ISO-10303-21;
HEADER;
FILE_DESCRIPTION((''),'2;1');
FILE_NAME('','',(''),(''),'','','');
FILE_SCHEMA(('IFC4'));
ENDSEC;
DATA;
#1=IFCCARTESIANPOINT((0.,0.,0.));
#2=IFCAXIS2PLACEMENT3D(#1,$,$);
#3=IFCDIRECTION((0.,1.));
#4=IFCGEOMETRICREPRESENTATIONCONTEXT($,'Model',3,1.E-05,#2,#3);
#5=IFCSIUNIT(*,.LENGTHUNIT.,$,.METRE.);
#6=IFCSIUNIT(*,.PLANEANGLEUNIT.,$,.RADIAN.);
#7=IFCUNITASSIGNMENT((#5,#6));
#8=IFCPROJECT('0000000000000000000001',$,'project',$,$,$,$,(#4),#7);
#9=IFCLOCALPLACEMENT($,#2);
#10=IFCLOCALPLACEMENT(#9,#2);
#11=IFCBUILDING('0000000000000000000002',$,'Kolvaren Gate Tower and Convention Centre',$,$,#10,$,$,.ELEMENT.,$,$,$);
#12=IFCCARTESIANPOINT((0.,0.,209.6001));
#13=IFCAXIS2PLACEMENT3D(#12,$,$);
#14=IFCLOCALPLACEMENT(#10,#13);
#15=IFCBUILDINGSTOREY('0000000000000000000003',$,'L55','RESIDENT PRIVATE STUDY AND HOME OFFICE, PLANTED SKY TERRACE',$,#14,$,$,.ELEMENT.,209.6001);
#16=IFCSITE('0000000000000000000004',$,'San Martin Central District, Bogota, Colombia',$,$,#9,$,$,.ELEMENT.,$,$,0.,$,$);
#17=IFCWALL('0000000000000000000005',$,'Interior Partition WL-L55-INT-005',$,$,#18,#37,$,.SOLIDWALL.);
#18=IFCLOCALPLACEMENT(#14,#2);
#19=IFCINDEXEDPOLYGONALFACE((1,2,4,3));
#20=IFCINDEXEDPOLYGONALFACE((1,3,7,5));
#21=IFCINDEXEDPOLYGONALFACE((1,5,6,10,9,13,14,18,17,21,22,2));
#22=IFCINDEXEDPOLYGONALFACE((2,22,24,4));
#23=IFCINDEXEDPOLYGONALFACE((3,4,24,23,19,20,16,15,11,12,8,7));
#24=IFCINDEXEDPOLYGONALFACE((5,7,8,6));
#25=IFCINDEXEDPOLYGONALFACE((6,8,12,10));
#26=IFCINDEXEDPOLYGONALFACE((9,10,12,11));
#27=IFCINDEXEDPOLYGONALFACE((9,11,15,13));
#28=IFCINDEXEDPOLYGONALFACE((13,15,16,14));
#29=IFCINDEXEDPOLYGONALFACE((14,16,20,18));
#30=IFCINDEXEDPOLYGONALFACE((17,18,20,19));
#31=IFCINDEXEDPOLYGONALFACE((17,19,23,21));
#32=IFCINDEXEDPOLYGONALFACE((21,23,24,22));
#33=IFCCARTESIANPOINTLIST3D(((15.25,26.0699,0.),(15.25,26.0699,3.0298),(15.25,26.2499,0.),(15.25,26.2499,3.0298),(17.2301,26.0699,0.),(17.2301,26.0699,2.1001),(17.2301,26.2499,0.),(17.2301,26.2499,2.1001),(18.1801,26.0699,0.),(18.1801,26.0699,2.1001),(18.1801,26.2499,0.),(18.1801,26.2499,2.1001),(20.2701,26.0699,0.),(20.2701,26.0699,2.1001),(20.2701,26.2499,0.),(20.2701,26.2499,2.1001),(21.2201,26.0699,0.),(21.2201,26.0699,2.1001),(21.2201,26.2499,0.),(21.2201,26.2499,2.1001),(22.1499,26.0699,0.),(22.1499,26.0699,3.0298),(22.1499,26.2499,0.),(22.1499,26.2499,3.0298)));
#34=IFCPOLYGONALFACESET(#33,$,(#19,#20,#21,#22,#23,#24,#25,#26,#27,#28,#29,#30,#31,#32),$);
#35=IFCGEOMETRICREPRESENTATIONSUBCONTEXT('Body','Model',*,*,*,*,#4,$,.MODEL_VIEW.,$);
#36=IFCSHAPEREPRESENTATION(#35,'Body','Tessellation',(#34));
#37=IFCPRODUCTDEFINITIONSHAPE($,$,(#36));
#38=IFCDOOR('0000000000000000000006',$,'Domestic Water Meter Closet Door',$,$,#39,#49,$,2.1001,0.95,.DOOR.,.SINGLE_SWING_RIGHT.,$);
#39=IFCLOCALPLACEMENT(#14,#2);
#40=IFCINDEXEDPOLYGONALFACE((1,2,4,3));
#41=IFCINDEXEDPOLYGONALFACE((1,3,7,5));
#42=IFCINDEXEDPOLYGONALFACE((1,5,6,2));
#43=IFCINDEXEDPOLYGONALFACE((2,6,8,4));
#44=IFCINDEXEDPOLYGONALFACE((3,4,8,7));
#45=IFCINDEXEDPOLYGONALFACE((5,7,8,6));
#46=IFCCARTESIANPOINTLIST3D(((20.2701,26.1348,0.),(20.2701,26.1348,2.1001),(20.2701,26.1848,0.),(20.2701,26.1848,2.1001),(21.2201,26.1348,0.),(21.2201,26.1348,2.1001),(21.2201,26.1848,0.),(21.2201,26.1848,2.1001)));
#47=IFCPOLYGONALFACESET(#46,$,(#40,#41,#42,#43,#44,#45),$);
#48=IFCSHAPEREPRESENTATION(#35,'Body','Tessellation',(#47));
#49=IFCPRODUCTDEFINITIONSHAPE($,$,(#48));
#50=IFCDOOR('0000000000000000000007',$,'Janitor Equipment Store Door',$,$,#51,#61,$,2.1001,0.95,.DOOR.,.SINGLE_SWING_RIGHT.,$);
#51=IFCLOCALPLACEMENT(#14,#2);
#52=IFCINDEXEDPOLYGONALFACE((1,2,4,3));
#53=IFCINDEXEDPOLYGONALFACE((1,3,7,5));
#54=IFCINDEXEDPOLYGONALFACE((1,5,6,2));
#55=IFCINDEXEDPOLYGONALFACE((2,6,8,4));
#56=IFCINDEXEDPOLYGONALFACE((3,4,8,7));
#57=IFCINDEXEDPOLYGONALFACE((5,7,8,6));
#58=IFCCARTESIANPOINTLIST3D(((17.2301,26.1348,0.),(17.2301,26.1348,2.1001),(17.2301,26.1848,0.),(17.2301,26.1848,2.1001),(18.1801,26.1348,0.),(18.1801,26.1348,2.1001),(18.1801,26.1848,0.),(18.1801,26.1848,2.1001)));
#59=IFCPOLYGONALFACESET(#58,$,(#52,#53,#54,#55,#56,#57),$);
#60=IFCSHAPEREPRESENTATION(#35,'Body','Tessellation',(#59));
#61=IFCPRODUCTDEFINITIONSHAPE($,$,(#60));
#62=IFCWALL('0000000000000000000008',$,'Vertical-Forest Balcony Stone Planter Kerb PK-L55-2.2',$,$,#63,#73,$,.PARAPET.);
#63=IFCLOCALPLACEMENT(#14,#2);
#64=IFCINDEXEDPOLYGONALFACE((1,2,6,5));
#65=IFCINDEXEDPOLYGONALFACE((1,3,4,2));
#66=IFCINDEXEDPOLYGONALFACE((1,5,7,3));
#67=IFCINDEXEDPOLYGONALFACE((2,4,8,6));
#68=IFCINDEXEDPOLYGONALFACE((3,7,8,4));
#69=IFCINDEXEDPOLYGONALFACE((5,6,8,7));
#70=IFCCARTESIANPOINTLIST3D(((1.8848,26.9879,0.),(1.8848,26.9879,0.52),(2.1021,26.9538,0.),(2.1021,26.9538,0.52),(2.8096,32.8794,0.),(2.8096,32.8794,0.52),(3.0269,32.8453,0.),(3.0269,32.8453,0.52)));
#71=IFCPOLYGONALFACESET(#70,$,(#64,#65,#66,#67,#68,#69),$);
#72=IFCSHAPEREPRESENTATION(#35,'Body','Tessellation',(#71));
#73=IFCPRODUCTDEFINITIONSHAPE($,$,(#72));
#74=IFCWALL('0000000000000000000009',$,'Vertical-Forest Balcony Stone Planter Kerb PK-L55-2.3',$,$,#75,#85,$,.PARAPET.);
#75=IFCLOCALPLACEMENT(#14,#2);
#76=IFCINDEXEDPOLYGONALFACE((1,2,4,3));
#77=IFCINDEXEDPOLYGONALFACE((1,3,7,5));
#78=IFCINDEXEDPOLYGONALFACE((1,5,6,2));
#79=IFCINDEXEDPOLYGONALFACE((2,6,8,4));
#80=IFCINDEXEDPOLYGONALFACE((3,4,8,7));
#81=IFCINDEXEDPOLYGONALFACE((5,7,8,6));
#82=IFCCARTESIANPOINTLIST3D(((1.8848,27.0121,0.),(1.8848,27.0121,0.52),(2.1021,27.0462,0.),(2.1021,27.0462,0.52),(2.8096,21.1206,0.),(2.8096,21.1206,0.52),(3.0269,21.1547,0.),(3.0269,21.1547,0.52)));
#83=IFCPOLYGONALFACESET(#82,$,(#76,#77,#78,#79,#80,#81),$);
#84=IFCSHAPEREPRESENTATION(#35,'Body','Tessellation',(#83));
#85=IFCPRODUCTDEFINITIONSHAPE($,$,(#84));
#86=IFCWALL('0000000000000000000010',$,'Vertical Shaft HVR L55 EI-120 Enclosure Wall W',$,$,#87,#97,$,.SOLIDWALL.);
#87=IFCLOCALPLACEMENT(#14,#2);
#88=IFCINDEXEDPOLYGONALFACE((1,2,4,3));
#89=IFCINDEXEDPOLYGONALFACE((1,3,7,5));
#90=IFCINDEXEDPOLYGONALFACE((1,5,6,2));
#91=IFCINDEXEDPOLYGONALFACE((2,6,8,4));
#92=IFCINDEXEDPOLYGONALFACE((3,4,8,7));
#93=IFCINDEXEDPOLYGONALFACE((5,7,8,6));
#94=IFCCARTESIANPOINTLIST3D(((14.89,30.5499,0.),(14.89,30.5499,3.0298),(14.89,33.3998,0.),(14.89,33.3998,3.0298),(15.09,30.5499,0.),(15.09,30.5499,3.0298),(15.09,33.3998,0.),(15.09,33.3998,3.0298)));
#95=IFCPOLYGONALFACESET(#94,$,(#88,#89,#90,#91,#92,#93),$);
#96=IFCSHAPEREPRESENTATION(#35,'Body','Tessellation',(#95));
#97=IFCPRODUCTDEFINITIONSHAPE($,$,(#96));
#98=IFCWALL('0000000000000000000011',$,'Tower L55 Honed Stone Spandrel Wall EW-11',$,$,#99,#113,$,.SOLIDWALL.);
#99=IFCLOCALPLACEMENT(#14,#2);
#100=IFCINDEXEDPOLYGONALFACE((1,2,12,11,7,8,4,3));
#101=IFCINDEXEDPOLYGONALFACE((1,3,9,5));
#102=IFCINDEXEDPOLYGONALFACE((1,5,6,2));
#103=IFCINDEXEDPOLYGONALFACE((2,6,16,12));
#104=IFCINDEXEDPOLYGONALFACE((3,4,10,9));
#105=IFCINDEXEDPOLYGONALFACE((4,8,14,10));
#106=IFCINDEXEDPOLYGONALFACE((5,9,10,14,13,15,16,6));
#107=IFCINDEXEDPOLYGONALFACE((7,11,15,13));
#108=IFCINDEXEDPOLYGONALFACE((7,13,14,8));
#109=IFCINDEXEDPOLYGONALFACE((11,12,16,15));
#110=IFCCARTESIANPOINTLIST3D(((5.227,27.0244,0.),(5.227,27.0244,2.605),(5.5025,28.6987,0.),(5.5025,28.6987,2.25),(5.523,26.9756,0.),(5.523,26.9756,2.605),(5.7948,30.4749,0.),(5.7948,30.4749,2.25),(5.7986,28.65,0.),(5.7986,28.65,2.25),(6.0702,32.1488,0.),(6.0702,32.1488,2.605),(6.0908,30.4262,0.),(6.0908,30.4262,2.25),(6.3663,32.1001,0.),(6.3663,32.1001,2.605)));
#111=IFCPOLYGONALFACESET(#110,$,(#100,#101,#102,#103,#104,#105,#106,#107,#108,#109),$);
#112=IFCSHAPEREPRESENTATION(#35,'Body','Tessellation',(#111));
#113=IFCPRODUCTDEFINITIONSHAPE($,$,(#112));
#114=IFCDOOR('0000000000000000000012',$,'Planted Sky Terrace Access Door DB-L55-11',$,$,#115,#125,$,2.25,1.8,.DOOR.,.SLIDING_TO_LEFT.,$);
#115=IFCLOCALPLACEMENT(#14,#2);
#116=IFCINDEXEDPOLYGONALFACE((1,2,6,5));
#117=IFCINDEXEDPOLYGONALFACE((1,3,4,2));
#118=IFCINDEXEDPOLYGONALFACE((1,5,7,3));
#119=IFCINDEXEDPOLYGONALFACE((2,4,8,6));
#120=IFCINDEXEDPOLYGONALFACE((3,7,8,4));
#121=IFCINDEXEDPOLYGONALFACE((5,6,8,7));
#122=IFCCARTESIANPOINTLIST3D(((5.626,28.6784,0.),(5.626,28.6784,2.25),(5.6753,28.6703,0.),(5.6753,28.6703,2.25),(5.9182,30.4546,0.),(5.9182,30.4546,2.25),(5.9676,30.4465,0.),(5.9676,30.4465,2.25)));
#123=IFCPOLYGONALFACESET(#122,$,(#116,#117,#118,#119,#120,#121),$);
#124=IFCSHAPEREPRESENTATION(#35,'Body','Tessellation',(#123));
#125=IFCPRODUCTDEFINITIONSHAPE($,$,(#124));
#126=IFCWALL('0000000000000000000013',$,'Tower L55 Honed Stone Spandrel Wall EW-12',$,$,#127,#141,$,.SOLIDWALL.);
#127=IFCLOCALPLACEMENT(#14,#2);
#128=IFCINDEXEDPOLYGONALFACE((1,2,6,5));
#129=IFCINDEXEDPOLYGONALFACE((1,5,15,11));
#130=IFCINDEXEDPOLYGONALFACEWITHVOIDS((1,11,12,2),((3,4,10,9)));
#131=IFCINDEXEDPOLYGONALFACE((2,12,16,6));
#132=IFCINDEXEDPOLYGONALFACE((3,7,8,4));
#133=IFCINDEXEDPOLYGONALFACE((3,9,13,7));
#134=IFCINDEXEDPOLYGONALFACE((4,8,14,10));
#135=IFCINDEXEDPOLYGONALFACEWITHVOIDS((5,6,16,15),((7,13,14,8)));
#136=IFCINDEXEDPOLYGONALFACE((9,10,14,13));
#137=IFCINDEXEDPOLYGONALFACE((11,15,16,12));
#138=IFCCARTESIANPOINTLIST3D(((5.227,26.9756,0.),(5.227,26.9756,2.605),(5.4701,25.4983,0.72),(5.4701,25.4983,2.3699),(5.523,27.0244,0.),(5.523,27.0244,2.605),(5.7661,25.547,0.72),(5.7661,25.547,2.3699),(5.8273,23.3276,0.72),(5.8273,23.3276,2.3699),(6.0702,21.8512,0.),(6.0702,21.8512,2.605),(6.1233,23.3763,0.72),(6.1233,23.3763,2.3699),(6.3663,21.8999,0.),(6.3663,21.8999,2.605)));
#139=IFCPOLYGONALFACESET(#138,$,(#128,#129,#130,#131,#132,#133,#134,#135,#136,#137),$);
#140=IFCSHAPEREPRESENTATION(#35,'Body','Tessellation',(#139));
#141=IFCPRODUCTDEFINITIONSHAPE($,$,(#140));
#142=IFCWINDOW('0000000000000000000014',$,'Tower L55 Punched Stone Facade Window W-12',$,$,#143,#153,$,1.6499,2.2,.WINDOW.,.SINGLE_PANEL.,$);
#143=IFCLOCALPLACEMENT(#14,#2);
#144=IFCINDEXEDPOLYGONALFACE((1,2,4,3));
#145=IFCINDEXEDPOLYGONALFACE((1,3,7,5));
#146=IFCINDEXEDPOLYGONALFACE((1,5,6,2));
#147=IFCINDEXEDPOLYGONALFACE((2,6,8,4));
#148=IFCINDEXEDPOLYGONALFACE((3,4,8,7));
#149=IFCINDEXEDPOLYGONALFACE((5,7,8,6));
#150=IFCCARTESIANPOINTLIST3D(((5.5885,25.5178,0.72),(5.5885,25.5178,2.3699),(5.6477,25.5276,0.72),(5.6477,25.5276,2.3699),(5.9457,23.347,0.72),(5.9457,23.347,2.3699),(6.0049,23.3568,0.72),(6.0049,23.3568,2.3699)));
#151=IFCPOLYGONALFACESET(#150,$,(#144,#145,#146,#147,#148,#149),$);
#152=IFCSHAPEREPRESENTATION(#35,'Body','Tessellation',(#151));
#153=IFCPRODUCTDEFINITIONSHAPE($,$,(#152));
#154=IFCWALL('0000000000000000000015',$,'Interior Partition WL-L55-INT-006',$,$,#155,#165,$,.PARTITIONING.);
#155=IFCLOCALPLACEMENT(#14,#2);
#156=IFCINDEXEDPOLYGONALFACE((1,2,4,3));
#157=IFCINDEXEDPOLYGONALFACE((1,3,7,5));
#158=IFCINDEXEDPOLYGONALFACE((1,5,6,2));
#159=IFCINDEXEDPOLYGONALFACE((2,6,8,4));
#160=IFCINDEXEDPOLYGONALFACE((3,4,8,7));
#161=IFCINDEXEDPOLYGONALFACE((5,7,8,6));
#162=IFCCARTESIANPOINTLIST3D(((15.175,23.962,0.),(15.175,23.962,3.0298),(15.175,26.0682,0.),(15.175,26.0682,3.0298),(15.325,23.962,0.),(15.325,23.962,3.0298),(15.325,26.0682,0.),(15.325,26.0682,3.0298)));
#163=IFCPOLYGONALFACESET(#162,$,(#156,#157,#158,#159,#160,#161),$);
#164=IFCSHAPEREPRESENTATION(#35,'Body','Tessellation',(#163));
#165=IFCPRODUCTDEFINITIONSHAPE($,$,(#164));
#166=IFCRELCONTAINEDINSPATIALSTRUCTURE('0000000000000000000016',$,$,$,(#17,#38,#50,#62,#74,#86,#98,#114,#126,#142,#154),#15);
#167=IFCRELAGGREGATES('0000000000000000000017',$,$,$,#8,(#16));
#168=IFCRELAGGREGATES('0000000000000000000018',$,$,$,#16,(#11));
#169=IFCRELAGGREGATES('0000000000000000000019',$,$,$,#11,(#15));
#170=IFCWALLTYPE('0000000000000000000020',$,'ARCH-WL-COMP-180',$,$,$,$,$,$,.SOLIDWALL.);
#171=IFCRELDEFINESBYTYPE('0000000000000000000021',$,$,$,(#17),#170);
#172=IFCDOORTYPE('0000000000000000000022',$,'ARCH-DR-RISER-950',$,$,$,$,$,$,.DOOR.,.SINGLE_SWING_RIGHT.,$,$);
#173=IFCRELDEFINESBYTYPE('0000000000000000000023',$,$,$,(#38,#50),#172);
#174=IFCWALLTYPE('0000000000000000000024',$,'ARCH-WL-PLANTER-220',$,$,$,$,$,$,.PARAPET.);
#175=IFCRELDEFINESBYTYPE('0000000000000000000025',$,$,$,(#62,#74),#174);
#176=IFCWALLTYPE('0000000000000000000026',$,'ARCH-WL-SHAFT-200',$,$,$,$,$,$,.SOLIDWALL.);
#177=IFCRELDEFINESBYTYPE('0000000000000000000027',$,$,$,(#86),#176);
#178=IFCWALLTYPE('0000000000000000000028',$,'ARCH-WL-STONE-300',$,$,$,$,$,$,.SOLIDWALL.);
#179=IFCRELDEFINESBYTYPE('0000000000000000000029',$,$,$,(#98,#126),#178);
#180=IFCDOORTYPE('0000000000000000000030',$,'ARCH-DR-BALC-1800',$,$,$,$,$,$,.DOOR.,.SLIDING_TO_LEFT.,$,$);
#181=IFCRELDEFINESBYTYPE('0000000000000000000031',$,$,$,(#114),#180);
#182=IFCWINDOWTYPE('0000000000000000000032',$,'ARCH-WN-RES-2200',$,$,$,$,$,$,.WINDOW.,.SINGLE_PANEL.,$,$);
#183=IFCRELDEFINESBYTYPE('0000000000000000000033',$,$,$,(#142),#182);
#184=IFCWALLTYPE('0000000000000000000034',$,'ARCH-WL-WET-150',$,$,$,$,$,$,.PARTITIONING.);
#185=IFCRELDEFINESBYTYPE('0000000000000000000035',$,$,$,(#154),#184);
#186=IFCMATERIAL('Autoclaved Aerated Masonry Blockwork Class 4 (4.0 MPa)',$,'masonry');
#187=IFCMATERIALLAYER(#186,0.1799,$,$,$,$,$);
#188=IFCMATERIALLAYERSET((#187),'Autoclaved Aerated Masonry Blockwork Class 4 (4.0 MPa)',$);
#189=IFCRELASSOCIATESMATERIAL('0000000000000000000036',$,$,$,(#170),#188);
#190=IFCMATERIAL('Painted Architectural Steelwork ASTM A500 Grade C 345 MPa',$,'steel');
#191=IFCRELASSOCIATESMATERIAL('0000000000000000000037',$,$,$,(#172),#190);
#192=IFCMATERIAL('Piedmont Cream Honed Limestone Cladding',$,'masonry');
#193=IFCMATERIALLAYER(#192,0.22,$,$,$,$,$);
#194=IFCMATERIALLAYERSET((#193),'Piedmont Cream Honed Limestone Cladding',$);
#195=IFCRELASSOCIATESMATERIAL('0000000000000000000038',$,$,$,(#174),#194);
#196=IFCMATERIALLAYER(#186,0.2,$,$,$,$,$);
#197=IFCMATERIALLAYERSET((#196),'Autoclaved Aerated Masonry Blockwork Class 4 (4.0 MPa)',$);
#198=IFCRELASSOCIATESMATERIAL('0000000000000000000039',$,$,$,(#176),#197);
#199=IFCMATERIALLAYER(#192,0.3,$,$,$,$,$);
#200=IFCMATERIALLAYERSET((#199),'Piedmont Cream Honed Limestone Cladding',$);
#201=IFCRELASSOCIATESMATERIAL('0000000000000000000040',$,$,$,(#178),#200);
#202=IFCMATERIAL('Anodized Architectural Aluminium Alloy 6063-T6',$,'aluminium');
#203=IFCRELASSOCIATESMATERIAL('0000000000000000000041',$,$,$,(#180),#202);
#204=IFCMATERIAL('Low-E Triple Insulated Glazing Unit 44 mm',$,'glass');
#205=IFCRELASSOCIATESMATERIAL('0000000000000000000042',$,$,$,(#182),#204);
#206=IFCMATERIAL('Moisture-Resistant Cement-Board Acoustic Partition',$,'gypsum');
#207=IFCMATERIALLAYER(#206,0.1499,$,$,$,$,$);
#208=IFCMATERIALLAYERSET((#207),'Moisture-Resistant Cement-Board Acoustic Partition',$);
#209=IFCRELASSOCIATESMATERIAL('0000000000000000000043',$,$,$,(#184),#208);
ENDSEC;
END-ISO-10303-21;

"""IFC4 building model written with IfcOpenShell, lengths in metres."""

from ifc_helpers import new_model, si_unit, direction, frame, frame_2d, origin, place, context, subcontext, project, spatial, rectangle, extrude, material, layer, layer_set, type_object, element, fill, save


model = new_model("IFC4")

# Units and contexts
model_context = context("Model", 3, precision=1e-05, world=origin(), true_north=direction((0.0, 1.0)))
body_context = subcontext(model_context, "Body", "Model", "MODEL_VIEW")
ifc_project = project(units=[si_unit("LENGTHUNIT", "METRE"), si_unit("PLANEANGLEUNIT", "RADIAN")], contexts=[model_context])

# Site, building, storey
site_placement = place(None, origin())
site = spatial("IfcSite", under=ifc_project, at=site_placement, Name="San Martin Central District, Bogota, Colombia", CompositionType="ELEMENT", RefElevation=0.0)
building_placement = place(site_placement, origin())
building = spatial("IfcBuilding", under=site, at=building_placement, Name="Kolvaren Gate Tower and Convention Centre", CompositionType="ELEMENT")
storey_placement = place(building_placement, frame((0.0, 0.0, 209.6001)))
storey = spatial("IfcBuildingStorey", under=building, at=storey_placement, Name="L55", Description="RESIDENT PRIVATE STUDY AND HOME OFFICE, PLANTED SKY TERRACE", CompositionType="ELEMENT", Elevation=209.6001)

# Wall, openings, doors
ifc_material_1 = material(Name="Autoclaved Aerated Masonry Blockwork Class 4 (4.0 MPa)", Category="masonry")
ifc_layer_1 = layer(ifc_material_1, 0.1799)
ifc_layer_set_1 = layer_set([ifc_layer_1], Name="Autoclaved Aerated Masonry Blockwork Class 4 (4.0 MPa)")
wall_type_1 = type_object("IfcWallType", Name="ARCH-WL-COMP-180", PredefinedType="SOLIDWALL", material=ifc_layer_set_1)
ifc_material_2 = material(Name="Painted Architectural Steelwork ASTM A500 Grade C 345 MPa", Category="steel")
door_type_1 = type_object("IfcDoorType", Name="ARCH-DR-RISER-950", OperationType="SINGLE_SWING_RIGHT", PredefinedType="DOOR", material=ifc_material_2)
wall_1_placement = place(storey_placement, frame((15.25, 26.1599, 0.0), z_axis=(0.0, 0.0, 1.0), x_axis=(1.0, 0.0, 0.0)))
wall_1 = element("IfcWall", 1, at=wall_1_placement, inside=storey, type_object=wall_type_1, Name="Interior Partition WL-L55-INT-005", PredefinedType="SOLIDWALL", context=body_context, shape_type="SweptSolid", body=[
    extrude(rectangle(XDim=6.8999, YDim=0.1799, at=frame_2d((3.45, 0.0))), origin(), (0.0, 0.0, 1.0), 3.0298),
])
opening_1_placement = place(wall_1_placement, frame((5.02, 0.0, 0.0)))
opening_1 = element("IfcOpeningElement", 2, at=opening_1_placement, cuts=wall_1, PredefinedType="OPENING", context=body_context, shape_type="SweptSolid", body=[
    extrude(rectangle(XDim=0.95, YDim=2.1001, at=frame_2d((0.4751, 1.05))), frame((0.0, 0.0999, 0.0), z_axis=(0.0, -1.0, 0.0), x_axis=(1.0, 0.0, 0.0)), (0.0, 0.0, 1.0), 0.2),
])
opening_2_placement = place(wall_1_placement, frame((1.98, 0.0, 0.0)))
opening_2 = element("IfcOpeningElement", 3, at=opening_2_placement, cuts=wall_1, PredefinedType="OPENING", context=body_context, shape_type="SweptSolid", body=[
    extrude(rectangle(XDim=0.95, YDim=2.1001, at=frame_2d((0.4751, 1.05))), frame((0.0, 0.0999, 0.0), z_axis=(0.0, -1.0, 0.0), x_axis=(1.0, 0.0, 0.0)), (0.0, 0.0, 1.0), 0.2),
])
door_1_placement = place(opening_1_placement, origin())
door_1 = element("IfcDoor", 4, at=door_1_placement, inside=storey, type_object=door_type_1, Name="Domestic Water Meter Closet Door", OperationType="SINGLE_SWING_RIGHT", OverallHeight=2.1001, OverallWidth=0.95, PredefinedType="DOOR", context=body_context, shape_type="SweptSolid", body=[
    extrude(rectangle(XDim=0.95, YDim=2.1001, at=frame_2d((0.4751, 1.05))), frame((0.0, 0.0249, 0.0), z_axis=(0.0, -1.0, 0.0), x_axis=(1.0, 0.0, 0.0)), (0.0, 0.0, 1.0), 0.05),
])
fill(opening_1, door_1)
door_2_placement = place(opening_2_placement, origin())
door_2 = element("IfcDoor", 5, at=door_2_placement, inside=storey, type_object=door_type_1, Name="Janitor Equipment Store Door", OperationType="SINGLE_SWING_RIGHT", OverallHeight=2.1001, OverallWidth=0.95, PredefinedType="DOOR", context=body_context, shape_type="SweptSolid", body=[
    extrude(rectangle(XDim=0.95, YDim=2.1001, at=frame_2d((0.4751, 1.05))), frame((0.0, 0.0249, 0.0), z_axis=(0.0, -1.0, 0.0), x_axis=(1.0, 0.0, 0.0)), (0.0, 0.0, 1.0), 0.05),
])
fill(opening_2, door_2)

# Walls
ifc_material_3 = material(Name="Piedmont Cream Honed Limestone Cladding", Category="masonry")
ifc_layer_2 = layer(ifc_material_3, 0.22)
ifc_layer_set_2 = layer_set([ifc_layer_2], Name="Piedmont Cream Honed Limestone Cladding")
wall_type_2 = type_object("IfcWallType", Name="ARCH-WL-PLANTER-220", PredefinedType="PARAPET", material=ifc_layer_set_2)
for number, where, z_axis, x_axis, name in (
    (6, (1.9934, 26.9707, 0.0), (0.0, 0.0, 1.0), (0.155071, 0.987903, 0.0), "Vertical-Forest Balcony Stone Planter Kerb PK-L55-2.2"),
    (7, (1.9934, 27.0293, 0.0), (0.0, 0.0, 1.0), (0.155071, -0.987903, 0.0), "Vertical-Forest Balcony Stone Planter Kerb PK-L55-2.3"),
):
    element("IfcWall", number, at=place(storey_placement, frame(where, z_axis=z_axis, x_axis=x_axis)), inside=storey, type_object=wall_type_2, Name=name, PredefinedType="PARAPET", context=body_context, shape_type="SweptSolid", body=[
        extrude(rectangle(XDim=5.9636, YDim=0.22, at=frame_2d((2.9819, 0.0))), origin(), (0.0, 0.0, 1.0), 0.52),
    ])
ifc_layer_3 = layer(ifc_material_1, 0.2)
ifc_layer_set_3 = layer_set([ifc_layer_3], Name="Autoclaved Aerated Masonry Blockwork Class 4 (4.0 MPa)")
wall_type_3 = type_object("IfcWallType", Name="ARCH-WL-SHAFT-200", PredefinedType="SOLIDWALL", material=ifc_layer_set_3)
wall_2_placement = place(storey_placement, frame((14.99, 30.55, 0.0), z_axis=(0.0, 0.0, 1.0), x_axis=(0.0, 1.0, 0.0)))
element("IfcWall", 8, at=wall_2_placement, inside=storey, type_object=wall_type_3, Name="Vertical Shaft HVR L55 EI-120 Enclosure Wall W", PredefinedType="SOLIDWALL", context=body_context, shape_type="SweptSolid", body=[
    extrude(rectangle(XDim=2.8499, YDim=0.2, at=frame_2d((1.4248, 0.0))), origin(), (0.0, 0.0, 1.0), 3.0298),
])

# Wall, opening, door
ifc_layer_4 = layer(ifc_material_3, 0.3)
ifc_layer_set_4 = layer_set([ifc_layer_4], Name="Piedmont Cream Honed Limestone Cladding")
wall_type_4 = type_object("IfcWallType", Name="ARCH-WL-STONE-300", PredefinedType="SOLIDWALL", material=ifc_layer_set_4)
wall_3_placement = place(storey_placement, frame((5.375, 27.0, 0.0), z_axis=(0.0, 0.0, 1.0), x_axis=(0.162371, 0.98673, 0.0)))
wall_3 = element("IfcWall", 9, at=wall_3_placement, inside=storey, type_object=wall_type_4, Name="Tower L55 Honed Stone Spandrel Wall EW-11", PredefinedType="SOLIDWALL", context=body_context, shape_type="SweptSolid", body=[
    extrude(rectangle(XDim=5.1934, YDim=0.3, at=frame_2d((2.5967, 0.0))), origin(), (0.0, 0.0, 1.0), 2.605),
])
opening_3_placement = place(wall_3_placement, frame((1.697, 0.0, 0.0)))
opening_3 = element("IfcOpeningElement", 10, at=opening_3_placement, cuts=wall_3, PredefinedType="OPENING", context=body_context, shape_type="SweptSolid", body=[
    extrude(rectangle(XDim=1.8, YDim=2.25, at=frame_2d((0.8999, 1.125))), frame((0.0, 0.1599, 0.0), z_axis=(0.0, -1.0, 0.0), x_axis=(1.0, 0.0, 0.0)), (0.0, 0.0, 1.0), 0.3201),
])
ifc_material_4 = material(Name="Anodized Architectural Aluminium Alloy 6063-T6", Category="aluminium")
door_type_2 = type_object("IfcDoorType", Name="ARCH-DR-BALC-1800", OperationType="SLIDING_TO_LEFT", PredefinedType="DOOR", material=ifc_material_4)
door_3_placement = place(opening_3_placement, origin())
door_3 = element("IfcDoor", 11, at=door_3_placement, inside=storey, type_object=door_type_2, Name="Planted Sky Terrace Access Door DB-L55-11", OperationType="SLIDING_TO_LEFT", OverallHeight=2.25, OverallWidth=1.8, PredefinedType="DOOR", context=body_context, shape_type="SweptSolid", body=[
    extrude(rectangle(XDim=1.8, YDim=2.25, at=frame_2d((0.8999, 1.125))), frame((0.0, 0.0249, 0.0), z_axis=(0.0, -1.0, 0.0), x_axis=(1.0, 0.0, 0.0)), (0.0, 0.0, 1.0), 0.05),
])
fill(opening_3, door_3)

# Wall, opening, window
wall_4_placement = place(storey_placement, frame((5.375, 27.0, 0.0), z_axis=(0.0, 0.0, 1.0), x_axis=(0.162371, -0.98673, 0.0)))
wall_4 = element("IfcWall", 12, at=wall_4_placement, inside=storey, type_object=wall_type_4, Name="Tower L55 Honed Stone Spandrel Wall EW-12", PredefinedType="SOLIDWALL", context=body_context, shape_type="SweptSolid", body=[
    extrude(rectangle(XDim=5.1934, YDim=0.3, at=frame_2d((2.5967, 0.0))), origin(), (0.0, 0.0, 1.0), 2.605),
])
opening_4_placement = place(wall_4_placement, frame((1.4971, 0.0, 0.72)))
opening_4 = element("IfcOpeningElement", 13, at=opening_4_placement, cuts=wall_4, PredefinedType="OPENING", context=body_context, shape_type="SweptSolid", body=[
    extrude(rectangle(XDim=2.2, YDim=1.6499, at=frame_2d((1.1001, 0.825))), frame((0.0, 0.1599, 0.0), z_axis=(0.0, -1.0, 0.0), x_axis=(1.0, 0.0, 0.0)), (0.0, 0.0, 1.0), 0.3201),
])
ifc_material_5 = material(Name="Low-E Triple Insulated Glazing Unit 44 mm", Category="glass")
window_type = type_object("IfcWindowType", Name="ARCH-WN-RES-2200", PartitioningType="SINGLE_PANEL", PredefinedType="WINDOW", material=ifc_material_5)
window_placement = place(opening_4_placement, origin())
window = element("IfcWindow", 14, at=window_placement, inside=storey, type_object=window_type, Name="Tower L55 Punched Stone Facade Window W-12", OverallHeight=1.6499, OverallWidth=2.2, PartitioningType="SINGLE_PANEL", PredefinedType="WINDOW", context=body_context, shape_type="SweptSolid", body=[
    extrude(rectangle(XDim=2.2, YDim=1.6499, at=frame_2d((1.1001, 0.825))), frame((0.0, 0.03, 0.0), z_axis=(0.0, -1.0, 0.0), x_axis=(1.0, 0.0, 0.0)), (0.0, 0.0, 1.0), 0.0601),
])
fill(opening_4, window)

# Wall
ifc_material_6 = material(Name="Moisture-Resistant Cement-Board Acoustic Partition", Category="gypsum")
ifc_layer_5 = layer(ifc_material_6, 0.1499)
ifc_layer_set_5 = layer_set([ifc_layer_5], Name="Moisture-Resistant Cement-Board Acoustic Partition")
wall_type_5 = type_object("IfcWallType", Name="ARCH-WL-WET-150", PredefinedType="PARTITIONING", material=ifc_layer_set_5)
wall_5_placement = place(storey_placement, frame((15.25, 23.9619, 0.0), z_axis=(0.0, 0.0, 1.0), x_axis=(0.0, 1.0, 0.0)))
element("IfcWall", 15, at=wall_5_placement, inside=storey, type_object=wall_type_5, Name="Interior Partition WL-L55-INT-006", PredefinedType="PARTITIONING", context=body_context, shape_type="SweptSolid", body=[
    extrude(rectangle(XDim=2.1062, YDim=0.1499, at=frame_2d((1.0532, 0.0))), origin(), (0.0, 0.0, 1.0), 3.0298),
])

save(model, "model.ifc")
